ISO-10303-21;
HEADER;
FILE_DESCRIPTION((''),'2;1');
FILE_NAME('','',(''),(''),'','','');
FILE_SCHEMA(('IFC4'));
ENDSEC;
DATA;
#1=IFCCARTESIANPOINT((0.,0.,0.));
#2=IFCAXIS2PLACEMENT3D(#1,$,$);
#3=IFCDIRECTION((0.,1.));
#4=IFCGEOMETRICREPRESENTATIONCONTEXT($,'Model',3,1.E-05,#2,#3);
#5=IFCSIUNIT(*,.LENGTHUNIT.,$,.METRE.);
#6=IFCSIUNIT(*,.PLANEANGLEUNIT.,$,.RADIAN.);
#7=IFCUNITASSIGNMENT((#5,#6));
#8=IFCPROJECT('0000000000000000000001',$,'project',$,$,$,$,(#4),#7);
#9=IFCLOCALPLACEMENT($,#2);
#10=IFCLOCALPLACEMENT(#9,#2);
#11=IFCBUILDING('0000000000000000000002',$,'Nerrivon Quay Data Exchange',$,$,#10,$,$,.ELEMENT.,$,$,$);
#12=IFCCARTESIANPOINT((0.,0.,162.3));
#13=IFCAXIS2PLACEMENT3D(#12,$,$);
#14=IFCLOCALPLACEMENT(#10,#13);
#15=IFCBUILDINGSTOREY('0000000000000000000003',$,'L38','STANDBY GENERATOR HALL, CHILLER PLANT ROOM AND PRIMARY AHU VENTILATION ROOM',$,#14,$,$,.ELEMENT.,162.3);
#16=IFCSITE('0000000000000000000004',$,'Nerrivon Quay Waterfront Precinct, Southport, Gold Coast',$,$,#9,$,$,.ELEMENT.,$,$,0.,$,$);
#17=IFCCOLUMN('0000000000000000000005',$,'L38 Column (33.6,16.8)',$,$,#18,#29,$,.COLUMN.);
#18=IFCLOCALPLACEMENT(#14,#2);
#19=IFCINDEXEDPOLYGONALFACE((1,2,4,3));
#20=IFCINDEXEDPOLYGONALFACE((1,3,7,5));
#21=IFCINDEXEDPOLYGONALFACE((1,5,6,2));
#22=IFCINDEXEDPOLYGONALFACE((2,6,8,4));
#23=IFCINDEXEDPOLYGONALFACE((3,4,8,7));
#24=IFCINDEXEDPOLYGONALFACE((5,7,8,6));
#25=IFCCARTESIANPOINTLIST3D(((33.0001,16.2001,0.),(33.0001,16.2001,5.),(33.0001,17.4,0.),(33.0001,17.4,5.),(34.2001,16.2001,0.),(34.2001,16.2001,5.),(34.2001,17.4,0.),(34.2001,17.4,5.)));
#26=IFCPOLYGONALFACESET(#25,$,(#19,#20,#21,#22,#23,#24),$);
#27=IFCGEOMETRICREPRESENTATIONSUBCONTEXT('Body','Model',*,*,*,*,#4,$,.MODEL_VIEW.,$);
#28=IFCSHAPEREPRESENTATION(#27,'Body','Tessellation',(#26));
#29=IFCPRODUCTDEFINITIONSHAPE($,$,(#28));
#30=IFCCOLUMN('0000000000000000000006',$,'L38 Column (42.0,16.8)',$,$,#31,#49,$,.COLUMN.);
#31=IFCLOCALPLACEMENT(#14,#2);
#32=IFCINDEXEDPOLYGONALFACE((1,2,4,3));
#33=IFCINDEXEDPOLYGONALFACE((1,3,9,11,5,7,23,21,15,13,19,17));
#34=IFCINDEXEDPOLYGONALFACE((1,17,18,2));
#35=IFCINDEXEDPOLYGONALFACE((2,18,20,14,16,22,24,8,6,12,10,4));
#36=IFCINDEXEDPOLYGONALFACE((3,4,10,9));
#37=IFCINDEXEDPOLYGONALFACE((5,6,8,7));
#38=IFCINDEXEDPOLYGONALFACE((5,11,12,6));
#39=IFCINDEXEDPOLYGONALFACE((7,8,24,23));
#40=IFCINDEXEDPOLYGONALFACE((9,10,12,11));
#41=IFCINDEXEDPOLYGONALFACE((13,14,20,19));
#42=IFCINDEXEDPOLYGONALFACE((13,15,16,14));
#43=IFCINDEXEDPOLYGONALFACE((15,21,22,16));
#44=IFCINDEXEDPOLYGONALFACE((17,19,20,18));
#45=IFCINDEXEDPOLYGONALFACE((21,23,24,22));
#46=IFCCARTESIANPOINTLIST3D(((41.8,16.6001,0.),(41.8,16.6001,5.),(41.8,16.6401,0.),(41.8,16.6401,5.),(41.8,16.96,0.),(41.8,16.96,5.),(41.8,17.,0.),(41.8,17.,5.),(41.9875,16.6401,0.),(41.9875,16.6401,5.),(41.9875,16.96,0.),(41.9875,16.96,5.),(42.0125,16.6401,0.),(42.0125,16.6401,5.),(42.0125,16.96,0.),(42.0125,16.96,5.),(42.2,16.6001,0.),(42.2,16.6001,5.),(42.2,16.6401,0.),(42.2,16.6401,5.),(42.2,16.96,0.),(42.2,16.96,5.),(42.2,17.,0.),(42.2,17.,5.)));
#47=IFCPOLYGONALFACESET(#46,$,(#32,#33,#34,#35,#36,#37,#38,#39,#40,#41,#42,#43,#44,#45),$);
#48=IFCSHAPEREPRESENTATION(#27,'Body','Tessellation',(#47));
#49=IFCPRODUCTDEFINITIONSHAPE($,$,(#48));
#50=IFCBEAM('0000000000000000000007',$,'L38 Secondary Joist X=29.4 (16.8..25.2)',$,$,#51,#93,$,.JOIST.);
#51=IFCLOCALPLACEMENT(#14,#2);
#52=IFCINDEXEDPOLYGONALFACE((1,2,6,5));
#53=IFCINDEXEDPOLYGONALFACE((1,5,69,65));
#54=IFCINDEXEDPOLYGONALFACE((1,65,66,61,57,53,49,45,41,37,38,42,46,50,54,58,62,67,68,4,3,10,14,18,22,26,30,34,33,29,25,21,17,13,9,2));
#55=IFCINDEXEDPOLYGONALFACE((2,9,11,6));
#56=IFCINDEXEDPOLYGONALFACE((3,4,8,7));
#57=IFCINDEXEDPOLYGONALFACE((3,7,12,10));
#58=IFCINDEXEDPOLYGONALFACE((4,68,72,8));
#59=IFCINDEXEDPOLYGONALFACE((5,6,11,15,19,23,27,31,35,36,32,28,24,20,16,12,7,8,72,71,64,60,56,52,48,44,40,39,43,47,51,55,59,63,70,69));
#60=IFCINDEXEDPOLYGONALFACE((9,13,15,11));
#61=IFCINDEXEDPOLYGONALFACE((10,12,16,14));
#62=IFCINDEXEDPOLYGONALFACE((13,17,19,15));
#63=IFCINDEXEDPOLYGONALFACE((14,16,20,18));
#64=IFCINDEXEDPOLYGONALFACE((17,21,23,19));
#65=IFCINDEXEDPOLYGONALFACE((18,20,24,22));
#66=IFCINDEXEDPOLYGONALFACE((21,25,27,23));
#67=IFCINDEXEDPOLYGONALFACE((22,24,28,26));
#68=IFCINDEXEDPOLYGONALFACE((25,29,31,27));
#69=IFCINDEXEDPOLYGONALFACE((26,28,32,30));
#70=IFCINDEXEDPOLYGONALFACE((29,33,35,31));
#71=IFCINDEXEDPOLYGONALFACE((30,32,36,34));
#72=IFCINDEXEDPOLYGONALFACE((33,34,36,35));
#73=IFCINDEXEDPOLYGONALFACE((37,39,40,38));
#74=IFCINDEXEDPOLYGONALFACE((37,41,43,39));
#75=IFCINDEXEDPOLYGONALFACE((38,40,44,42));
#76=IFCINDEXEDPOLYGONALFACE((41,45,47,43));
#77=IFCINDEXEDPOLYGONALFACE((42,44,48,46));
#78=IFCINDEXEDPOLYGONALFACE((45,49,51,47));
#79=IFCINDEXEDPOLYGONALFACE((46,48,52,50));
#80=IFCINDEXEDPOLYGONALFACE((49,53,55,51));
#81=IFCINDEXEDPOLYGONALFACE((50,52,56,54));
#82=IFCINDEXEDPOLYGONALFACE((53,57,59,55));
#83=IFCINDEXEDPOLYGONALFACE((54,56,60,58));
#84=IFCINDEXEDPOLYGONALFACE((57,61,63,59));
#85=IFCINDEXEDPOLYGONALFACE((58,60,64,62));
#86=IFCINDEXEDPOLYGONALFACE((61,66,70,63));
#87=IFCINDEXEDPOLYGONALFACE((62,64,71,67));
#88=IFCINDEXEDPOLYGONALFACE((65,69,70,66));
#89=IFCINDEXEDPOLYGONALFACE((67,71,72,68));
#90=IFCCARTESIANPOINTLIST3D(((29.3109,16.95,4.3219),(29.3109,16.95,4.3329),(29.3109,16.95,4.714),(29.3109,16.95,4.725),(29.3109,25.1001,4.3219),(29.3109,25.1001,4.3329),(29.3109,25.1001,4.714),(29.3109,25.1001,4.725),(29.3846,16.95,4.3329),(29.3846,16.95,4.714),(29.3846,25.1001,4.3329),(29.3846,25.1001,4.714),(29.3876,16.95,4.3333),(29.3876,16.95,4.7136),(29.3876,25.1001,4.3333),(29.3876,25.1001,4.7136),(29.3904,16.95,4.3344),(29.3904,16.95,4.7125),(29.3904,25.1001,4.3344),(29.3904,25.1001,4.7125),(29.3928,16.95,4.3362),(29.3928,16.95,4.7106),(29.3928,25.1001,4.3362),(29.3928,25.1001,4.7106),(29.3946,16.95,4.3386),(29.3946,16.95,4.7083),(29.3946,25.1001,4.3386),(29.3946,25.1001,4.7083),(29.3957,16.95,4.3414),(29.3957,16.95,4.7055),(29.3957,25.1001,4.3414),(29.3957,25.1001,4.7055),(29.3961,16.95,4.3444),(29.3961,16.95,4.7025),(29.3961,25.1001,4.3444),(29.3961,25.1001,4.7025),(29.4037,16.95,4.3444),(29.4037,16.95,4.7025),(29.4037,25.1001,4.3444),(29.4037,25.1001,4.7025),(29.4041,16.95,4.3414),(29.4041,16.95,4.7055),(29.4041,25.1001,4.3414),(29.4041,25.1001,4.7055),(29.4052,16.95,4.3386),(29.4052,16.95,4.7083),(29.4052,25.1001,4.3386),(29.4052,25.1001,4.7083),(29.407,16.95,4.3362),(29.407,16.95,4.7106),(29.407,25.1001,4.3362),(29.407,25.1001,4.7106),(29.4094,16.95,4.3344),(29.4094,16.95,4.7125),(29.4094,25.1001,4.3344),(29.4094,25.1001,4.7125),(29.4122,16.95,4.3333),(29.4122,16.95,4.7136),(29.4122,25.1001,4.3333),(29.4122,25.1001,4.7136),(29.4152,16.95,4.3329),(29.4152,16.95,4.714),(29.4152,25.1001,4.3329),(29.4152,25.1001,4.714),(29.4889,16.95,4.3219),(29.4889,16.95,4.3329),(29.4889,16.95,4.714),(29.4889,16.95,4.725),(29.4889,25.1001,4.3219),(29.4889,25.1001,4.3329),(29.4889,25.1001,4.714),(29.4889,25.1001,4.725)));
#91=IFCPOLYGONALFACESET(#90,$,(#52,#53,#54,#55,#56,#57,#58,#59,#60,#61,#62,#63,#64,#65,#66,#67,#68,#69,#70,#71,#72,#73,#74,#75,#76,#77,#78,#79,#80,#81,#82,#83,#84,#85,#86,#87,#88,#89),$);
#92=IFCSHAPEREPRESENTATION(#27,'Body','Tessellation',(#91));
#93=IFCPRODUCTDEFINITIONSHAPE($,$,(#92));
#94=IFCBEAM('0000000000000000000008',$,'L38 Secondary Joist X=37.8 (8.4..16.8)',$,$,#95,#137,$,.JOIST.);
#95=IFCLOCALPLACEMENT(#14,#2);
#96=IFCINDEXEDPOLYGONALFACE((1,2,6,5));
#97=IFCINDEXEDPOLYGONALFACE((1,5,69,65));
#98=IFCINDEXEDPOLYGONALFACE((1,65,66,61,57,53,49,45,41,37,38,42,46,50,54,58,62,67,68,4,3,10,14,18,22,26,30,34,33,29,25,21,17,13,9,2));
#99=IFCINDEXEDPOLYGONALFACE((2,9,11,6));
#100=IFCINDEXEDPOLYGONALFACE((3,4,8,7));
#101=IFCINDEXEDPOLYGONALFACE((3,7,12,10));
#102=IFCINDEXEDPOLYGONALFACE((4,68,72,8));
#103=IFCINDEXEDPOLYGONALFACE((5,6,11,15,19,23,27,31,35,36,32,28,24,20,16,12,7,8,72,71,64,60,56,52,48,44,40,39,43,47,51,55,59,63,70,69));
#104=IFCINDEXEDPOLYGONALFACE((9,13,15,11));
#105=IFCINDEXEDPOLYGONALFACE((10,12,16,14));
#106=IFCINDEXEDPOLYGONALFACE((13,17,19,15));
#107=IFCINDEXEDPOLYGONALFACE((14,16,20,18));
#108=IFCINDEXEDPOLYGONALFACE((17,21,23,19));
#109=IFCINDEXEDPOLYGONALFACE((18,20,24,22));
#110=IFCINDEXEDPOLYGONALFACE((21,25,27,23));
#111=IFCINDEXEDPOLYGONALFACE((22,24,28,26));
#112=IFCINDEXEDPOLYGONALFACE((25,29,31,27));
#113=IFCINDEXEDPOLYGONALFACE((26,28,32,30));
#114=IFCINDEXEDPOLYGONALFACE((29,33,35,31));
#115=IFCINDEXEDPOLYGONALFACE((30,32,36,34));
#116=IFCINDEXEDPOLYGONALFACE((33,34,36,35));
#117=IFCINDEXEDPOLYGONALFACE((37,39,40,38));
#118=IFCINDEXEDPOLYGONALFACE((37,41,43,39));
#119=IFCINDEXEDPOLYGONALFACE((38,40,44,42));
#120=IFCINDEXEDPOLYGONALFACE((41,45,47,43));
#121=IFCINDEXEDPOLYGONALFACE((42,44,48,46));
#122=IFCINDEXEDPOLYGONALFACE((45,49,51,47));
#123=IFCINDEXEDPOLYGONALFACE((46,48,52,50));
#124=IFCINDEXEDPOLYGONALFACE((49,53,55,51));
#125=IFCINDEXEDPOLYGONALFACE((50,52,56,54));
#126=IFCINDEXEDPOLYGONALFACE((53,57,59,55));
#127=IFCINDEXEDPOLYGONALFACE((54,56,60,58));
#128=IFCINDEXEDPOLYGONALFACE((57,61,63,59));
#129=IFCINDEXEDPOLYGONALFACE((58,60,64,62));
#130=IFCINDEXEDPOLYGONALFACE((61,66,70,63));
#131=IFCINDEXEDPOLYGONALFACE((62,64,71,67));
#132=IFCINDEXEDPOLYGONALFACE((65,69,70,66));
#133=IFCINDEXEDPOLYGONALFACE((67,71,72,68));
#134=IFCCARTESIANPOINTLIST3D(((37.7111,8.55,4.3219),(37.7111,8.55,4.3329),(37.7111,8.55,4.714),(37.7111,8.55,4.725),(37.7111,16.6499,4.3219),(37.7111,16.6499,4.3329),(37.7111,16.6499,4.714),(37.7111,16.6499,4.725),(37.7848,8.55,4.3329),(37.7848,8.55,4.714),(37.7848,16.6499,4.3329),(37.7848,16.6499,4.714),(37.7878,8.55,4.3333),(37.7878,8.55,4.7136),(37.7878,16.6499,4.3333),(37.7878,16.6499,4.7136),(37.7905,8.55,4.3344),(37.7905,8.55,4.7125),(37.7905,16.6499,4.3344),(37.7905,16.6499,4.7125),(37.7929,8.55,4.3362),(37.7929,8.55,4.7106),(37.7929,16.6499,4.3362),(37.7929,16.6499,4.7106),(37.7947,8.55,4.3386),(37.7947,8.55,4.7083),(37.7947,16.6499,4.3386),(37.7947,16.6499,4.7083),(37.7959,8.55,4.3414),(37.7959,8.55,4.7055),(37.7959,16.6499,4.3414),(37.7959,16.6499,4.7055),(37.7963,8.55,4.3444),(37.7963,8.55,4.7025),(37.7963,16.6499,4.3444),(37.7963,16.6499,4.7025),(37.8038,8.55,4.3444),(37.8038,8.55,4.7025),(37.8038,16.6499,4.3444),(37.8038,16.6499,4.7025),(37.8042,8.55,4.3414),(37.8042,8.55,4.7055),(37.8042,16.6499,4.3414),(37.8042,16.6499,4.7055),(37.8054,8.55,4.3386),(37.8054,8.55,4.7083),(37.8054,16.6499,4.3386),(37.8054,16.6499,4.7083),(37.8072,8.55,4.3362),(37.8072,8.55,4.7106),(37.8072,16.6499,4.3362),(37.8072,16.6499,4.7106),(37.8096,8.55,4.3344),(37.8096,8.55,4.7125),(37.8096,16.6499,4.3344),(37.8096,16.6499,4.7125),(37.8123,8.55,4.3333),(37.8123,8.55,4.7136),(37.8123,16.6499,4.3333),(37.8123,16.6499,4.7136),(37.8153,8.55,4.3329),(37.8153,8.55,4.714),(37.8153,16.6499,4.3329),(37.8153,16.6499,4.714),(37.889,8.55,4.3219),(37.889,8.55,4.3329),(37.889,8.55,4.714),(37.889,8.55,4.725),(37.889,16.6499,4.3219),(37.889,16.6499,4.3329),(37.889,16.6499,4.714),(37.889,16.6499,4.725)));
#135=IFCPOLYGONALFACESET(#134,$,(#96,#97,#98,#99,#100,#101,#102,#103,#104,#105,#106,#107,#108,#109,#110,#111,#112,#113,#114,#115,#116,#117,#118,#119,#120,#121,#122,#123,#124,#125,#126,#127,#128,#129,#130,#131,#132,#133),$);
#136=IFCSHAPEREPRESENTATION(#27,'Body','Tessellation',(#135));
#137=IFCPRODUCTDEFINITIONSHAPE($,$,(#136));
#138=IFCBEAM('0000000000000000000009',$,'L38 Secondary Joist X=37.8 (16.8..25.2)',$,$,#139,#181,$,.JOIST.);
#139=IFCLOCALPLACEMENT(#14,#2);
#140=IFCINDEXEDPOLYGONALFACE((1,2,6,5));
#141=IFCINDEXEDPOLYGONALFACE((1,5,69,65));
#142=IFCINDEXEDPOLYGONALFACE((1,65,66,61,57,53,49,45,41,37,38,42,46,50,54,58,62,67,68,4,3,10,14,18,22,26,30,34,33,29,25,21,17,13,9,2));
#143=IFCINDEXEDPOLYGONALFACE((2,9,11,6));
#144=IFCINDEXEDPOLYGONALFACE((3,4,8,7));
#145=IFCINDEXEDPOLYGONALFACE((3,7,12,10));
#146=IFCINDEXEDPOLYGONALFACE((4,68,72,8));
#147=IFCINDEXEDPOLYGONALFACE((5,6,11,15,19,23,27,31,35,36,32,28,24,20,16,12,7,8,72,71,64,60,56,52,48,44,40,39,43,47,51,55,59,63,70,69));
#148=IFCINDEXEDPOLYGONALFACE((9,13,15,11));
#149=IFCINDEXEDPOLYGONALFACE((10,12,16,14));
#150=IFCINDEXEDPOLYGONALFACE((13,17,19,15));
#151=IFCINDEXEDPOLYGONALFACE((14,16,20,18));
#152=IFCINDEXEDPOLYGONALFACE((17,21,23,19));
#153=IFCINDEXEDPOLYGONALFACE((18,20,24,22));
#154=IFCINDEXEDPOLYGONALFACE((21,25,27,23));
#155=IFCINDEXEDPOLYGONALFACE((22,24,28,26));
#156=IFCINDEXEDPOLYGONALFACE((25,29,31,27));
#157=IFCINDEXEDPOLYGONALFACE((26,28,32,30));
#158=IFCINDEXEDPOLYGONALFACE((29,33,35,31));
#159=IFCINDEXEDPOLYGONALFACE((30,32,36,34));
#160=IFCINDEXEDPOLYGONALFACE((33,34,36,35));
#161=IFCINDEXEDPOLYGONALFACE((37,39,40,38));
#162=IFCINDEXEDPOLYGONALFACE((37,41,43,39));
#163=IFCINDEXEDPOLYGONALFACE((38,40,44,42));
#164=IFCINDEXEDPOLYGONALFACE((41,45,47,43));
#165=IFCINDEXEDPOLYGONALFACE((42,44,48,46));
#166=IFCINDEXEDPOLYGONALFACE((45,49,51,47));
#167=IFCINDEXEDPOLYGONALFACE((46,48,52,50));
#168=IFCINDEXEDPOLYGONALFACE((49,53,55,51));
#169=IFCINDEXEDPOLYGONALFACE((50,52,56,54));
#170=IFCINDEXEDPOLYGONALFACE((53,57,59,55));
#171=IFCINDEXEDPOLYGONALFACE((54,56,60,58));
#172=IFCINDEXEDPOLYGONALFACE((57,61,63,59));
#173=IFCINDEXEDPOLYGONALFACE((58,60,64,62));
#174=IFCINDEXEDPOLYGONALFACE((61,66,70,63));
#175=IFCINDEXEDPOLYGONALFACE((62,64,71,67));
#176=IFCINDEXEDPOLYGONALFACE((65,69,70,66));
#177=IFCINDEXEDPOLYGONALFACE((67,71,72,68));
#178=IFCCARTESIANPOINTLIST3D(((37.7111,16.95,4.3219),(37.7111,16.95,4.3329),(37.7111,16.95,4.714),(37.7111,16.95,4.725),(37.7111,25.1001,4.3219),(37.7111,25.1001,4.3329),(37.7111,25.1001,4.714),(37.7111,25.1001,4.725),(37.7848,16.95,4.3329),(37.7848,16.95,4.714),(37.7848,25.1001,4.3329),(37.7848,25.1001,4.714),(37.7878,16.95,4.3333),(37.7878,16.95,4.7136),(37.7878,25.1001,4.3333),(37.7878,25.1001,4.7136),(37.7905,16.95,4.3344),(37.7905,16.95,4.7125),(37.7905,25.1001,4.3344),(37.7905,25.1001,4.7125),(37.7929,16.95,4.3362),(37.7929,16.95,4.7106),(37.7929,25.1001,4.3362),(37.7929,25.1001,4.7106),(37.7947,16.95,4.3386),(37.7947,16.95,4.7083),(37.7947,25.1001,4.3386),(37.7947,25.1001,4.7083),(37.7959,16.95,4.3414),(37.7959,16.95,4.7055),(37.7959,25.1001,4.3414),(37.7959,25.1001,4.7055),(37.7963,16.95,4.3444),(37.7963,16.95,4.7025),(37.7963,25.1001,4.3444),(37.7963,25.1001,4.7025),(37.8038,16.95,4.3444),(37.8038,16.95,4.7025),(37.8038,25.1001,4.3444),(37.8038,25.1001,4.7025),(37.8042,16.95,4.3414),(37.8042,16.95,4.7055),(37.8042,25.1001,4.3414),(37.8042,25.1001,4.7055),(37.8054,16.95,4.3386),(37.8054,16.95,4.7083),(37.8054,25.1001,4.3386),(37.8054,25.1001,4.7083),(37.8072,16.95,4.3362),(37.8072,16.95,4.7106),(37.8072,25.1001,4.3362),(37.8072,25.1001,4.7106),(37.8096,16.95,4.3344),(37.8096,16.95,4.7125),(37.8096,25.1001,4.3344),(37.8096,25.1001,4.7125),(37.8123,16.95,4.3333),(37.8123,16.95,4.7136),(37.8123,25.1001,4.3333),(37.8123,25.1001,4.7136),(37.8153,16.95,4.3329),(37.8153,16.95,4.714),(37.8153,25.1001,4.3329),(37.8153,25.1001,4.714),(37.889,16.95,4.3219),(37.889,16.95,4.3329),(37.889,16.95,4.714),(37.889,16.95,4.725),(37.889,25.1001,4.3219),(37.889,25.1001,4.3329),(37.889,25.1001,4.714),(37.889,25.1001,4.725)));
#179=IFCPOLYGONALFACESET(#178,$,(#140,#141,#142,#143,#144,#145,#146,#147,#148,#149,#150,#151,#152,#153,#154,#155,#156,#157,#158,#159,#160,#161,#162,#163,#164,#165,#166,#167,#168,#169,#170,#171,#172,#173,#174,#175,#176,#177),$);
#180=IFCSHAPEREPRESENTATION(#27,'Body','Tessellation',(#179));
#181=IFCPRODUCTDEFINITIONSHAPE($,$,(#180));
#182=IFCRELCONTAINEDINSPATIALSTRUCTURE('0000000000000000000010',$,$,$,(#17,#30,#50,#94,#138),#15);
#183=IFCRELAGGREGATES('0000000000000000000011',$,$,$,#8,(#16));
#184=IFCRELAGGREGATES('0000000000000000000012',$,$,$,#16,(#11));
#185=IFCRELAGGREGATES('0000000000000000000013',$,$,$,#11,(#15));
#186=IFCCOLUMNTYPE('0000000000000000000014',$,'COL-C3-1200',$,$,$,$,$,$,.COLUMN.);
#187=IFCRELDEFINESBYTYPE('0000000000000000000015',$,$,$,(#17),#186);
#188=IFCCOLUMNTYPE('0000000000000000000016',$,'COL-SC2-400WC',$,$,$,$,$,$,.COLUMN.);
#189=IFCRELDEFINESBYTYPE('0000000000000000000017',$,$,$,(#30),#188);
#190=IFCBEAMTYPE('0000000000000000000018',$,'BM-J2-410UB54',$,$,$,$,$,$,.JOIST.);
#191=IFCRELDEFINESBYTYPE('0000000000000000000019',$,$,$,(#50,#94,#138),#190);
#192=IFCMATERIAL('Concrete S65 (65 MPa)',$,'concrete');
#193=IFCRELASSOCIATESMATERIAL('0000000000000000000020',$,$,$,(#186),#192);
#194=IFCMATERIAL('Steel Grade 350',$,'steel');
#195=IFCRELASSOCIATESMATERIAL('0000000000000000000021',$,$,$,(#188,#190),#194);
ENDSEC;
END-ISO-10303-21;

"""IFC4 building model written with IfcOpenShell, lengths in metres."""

from ifc_helpers import new_model, si_unit, direction, frame, origin, origin_2d, place, context, subcontext, project, spatial, rectangle, i_section, extrude, material, material_profile, profile_set, type_object, element, save


model = new_model("IFC4")

# Units and contexts
model_context = context("Model", 3, precision=1e-05, world=origin(), true_north=direction((0.0, 1.0)))
body_context = subcontext(model_context, "Body", "Model", "MODEL_VIEW")
ifc_project = project(units=[si_unit("LENGTHUNIT", "METRE"), si_unit("PLANEANGLEUNIT", "RADIAN")], contexts=[model_context])

# Site, building, storey
site_placement = place(None, origin())
site = spatial("IfcSite", under=ifc_project, at=site_placement, Name="Nerrivon Quay Waterfront Precinct, Southport, Gold Coast", CompositionType="ELEMENT", RefElevation=0.0)
building_placement = place(site_placement, origin())
building = spatial("IfcBuilding", under=site, at=building_placement, Name="Nerrivon Quay Data Exchange", CompositionType="ELEMENT")
storey_placement = place(building_placement, frame((0.0, 0.0, 162.3)))
storey = spatial("IfcBuildingStorey", under=building, at=storey_placement, Name="L38", Description="STANDBY GENERATOR HALL, CHILLER PLANT ROOM AND PRIMARY AHU VENTILATION ROOM", CompositionType="ELEMENT", Elevation=162.3)

# Columns
ifc_material_1 = material(Name="Concrete S65 (65 MPa)", Category="concrete")
ifc_material_profile_1 = material_profile(ifc_material_1, rectangle(XDim=1.2, YDim=1.2, at=origin_2d()), Name="RC-COL-1200x1200")
ifc_profile_set_1 = profile_set([ifc_material_profile_1], Name="Concrete S65 (65 MPa)")
column_type_1 = type_object("IfcColumnType", Name="COL-C3-1200", PredefinedType="COLUMN", material=ifc_profile_set_1)
column_1_placement = place(storey_placement, frame((33.6001, 16.8, 0.0), z_axis=(0.0, 0.0, 1.0), x_axis=(1.0, 0.0, 0.0)))
element("IfcColumn", 1, at=column_1_placement, inside=storey, type_object=column_type_1, Name="L38 Column (33.6,16.8)", PredefinedType="COLUMN", context=body_context, shape_type="SweptSolid", body=[
    extrude(rectangle(XDim=1.2, YDim=1.2, at=origin_2d()), origin(), (0.0, 0.0, 1.0), 5.0),
])
ifc_material_2 = material(Name="Steel Grade 350", Category="steel")
ifc_material_profile_2 = material_profile(ifc_material_2, i_section(OverallWidth=0.3999, OverallDepth=0.3999, WebThickness=0.0249, FlangeThickness=0.04, at=origin_2d()), Name="400WC328")
ifc_profile_set_2 = profile_set([ifc_material_profile_2], Name="Steel Grade 350")
column_type_2 = type_object("IfcColumnType", Name="COL-SC2-400WC", PredefinedType="COLUMN", material=ifc_profile_set_2)
column_2_placement = place(storey_placement, frame((42.0, 16.8, 0.0), z_axis=(0.0, 0.0, 1.0), x_axis=(1.0, 0.0, 0.0)))
element("IfcColumn", 2, at=column_2_placement, inside=storey, type_object=column_type_2, Name="L38 Column (42.0,16.8)", PredefinedType="COLUMN", context=body_context, shape_type="SweptSolid", body=[
    extrude(i_section(OverallWidth=0.3999, OverallDepth=0.3999, WebThickness=0.0249, FlangeThickness=0.04, at=origin_2d()), origin(), (0.0, 0.0, 1.0), 5.0),
])

# Beams
ifc_material_profile_3 = material_profile(ifc_material_2, i_section(OverallWidth=0.178, OverallDepth=0.4031, WebThickness=0.0076, FlangeThickness=0.011, FilletRadius=0.0115, at=origin_2d()), Name="410UB53.7")
ifc_profile_set_3 = profile_set([ifc_material_profile_3], Name="Steel Grade 350")
beam_type_1 = type_object("IfcBeamType", Name="BM-J2-410UB54", PredefinedType="JOIST", material=ifc_profile_set_3)
beam_1_placement = place(storey_placement, frame((29.3999, 16.95, 4.5234), z_axis=(0.0, 1.0, 0.0), x_axis=(-1.0, 0.0, 0.0)))
element("IfcBeam", 3, at=beam_1_placement, inside=storey, type_object=beam_type_1, Name="L38 Secondary Joist X=29.4 (16.8..25.2)", PredefinedType="JOIST", context=body_context, shape_type="SweptSolid", body=[
    extrude(i_section(OverallWidth=0.178, OverallDepth=0.4031, WebThickness=0.0076, FlangeThickness=0.011, FilletRadius=0.0115, at=origin_2d()), origin(), (0.0, 0.0, 1.0), 8.1501),
])
beam_2_placement = place(storey_placement, frame((37.8, 8.55, 4.5234), z_axis=(0.0, 1.0, 0.0), x_axis=(-1.0, 0.0, 0.0)))
element("IfcBeam", 4, at=beam_2_placement, inside=storey, type_object=beam_type_1, Name="L38 Secondary Joist X=37.8 (8.4..16.8)", PredefinedType="JOIST", context=body_context, shape_type="SweptSolid", body=[
    extrude(i_section(OverallWidth=0.178, OverallDepth=0.4031, WebThickness=0.0076, FlangeThickness=0.011, FilletRadius=0.0115, at=origin_2d()), origin(), (0.0, 0.0, 1.0), 8.0999),
])
beam_3_placement = place(storey_placement, frame((37.8, 16.95, 4.5234), z_axis=(0.0, 1.0, 0.0), x_axis=(-1.0, 0.0, 0.0)))
element("IfcBeam", 5, at=beam_3_placement, inside=storey, type_object=beam_type_1, Name="L38 Secondary Joist X=37.8 (16.8..25.2)", PredefinedType="JOIST", context=body_context, shape_type="SweptSolid", body=[
    extrude(i_section(OverallWidth=0.178, OverallDepth=0.4031, WebThickness=0.0076, FlangeThickness=0.011, FilletRadius=0.0115, at=origin_2d()), origin(), (0.0, 0.0, 1.0), 8.1501),
])

save(model, "model.ifc")
